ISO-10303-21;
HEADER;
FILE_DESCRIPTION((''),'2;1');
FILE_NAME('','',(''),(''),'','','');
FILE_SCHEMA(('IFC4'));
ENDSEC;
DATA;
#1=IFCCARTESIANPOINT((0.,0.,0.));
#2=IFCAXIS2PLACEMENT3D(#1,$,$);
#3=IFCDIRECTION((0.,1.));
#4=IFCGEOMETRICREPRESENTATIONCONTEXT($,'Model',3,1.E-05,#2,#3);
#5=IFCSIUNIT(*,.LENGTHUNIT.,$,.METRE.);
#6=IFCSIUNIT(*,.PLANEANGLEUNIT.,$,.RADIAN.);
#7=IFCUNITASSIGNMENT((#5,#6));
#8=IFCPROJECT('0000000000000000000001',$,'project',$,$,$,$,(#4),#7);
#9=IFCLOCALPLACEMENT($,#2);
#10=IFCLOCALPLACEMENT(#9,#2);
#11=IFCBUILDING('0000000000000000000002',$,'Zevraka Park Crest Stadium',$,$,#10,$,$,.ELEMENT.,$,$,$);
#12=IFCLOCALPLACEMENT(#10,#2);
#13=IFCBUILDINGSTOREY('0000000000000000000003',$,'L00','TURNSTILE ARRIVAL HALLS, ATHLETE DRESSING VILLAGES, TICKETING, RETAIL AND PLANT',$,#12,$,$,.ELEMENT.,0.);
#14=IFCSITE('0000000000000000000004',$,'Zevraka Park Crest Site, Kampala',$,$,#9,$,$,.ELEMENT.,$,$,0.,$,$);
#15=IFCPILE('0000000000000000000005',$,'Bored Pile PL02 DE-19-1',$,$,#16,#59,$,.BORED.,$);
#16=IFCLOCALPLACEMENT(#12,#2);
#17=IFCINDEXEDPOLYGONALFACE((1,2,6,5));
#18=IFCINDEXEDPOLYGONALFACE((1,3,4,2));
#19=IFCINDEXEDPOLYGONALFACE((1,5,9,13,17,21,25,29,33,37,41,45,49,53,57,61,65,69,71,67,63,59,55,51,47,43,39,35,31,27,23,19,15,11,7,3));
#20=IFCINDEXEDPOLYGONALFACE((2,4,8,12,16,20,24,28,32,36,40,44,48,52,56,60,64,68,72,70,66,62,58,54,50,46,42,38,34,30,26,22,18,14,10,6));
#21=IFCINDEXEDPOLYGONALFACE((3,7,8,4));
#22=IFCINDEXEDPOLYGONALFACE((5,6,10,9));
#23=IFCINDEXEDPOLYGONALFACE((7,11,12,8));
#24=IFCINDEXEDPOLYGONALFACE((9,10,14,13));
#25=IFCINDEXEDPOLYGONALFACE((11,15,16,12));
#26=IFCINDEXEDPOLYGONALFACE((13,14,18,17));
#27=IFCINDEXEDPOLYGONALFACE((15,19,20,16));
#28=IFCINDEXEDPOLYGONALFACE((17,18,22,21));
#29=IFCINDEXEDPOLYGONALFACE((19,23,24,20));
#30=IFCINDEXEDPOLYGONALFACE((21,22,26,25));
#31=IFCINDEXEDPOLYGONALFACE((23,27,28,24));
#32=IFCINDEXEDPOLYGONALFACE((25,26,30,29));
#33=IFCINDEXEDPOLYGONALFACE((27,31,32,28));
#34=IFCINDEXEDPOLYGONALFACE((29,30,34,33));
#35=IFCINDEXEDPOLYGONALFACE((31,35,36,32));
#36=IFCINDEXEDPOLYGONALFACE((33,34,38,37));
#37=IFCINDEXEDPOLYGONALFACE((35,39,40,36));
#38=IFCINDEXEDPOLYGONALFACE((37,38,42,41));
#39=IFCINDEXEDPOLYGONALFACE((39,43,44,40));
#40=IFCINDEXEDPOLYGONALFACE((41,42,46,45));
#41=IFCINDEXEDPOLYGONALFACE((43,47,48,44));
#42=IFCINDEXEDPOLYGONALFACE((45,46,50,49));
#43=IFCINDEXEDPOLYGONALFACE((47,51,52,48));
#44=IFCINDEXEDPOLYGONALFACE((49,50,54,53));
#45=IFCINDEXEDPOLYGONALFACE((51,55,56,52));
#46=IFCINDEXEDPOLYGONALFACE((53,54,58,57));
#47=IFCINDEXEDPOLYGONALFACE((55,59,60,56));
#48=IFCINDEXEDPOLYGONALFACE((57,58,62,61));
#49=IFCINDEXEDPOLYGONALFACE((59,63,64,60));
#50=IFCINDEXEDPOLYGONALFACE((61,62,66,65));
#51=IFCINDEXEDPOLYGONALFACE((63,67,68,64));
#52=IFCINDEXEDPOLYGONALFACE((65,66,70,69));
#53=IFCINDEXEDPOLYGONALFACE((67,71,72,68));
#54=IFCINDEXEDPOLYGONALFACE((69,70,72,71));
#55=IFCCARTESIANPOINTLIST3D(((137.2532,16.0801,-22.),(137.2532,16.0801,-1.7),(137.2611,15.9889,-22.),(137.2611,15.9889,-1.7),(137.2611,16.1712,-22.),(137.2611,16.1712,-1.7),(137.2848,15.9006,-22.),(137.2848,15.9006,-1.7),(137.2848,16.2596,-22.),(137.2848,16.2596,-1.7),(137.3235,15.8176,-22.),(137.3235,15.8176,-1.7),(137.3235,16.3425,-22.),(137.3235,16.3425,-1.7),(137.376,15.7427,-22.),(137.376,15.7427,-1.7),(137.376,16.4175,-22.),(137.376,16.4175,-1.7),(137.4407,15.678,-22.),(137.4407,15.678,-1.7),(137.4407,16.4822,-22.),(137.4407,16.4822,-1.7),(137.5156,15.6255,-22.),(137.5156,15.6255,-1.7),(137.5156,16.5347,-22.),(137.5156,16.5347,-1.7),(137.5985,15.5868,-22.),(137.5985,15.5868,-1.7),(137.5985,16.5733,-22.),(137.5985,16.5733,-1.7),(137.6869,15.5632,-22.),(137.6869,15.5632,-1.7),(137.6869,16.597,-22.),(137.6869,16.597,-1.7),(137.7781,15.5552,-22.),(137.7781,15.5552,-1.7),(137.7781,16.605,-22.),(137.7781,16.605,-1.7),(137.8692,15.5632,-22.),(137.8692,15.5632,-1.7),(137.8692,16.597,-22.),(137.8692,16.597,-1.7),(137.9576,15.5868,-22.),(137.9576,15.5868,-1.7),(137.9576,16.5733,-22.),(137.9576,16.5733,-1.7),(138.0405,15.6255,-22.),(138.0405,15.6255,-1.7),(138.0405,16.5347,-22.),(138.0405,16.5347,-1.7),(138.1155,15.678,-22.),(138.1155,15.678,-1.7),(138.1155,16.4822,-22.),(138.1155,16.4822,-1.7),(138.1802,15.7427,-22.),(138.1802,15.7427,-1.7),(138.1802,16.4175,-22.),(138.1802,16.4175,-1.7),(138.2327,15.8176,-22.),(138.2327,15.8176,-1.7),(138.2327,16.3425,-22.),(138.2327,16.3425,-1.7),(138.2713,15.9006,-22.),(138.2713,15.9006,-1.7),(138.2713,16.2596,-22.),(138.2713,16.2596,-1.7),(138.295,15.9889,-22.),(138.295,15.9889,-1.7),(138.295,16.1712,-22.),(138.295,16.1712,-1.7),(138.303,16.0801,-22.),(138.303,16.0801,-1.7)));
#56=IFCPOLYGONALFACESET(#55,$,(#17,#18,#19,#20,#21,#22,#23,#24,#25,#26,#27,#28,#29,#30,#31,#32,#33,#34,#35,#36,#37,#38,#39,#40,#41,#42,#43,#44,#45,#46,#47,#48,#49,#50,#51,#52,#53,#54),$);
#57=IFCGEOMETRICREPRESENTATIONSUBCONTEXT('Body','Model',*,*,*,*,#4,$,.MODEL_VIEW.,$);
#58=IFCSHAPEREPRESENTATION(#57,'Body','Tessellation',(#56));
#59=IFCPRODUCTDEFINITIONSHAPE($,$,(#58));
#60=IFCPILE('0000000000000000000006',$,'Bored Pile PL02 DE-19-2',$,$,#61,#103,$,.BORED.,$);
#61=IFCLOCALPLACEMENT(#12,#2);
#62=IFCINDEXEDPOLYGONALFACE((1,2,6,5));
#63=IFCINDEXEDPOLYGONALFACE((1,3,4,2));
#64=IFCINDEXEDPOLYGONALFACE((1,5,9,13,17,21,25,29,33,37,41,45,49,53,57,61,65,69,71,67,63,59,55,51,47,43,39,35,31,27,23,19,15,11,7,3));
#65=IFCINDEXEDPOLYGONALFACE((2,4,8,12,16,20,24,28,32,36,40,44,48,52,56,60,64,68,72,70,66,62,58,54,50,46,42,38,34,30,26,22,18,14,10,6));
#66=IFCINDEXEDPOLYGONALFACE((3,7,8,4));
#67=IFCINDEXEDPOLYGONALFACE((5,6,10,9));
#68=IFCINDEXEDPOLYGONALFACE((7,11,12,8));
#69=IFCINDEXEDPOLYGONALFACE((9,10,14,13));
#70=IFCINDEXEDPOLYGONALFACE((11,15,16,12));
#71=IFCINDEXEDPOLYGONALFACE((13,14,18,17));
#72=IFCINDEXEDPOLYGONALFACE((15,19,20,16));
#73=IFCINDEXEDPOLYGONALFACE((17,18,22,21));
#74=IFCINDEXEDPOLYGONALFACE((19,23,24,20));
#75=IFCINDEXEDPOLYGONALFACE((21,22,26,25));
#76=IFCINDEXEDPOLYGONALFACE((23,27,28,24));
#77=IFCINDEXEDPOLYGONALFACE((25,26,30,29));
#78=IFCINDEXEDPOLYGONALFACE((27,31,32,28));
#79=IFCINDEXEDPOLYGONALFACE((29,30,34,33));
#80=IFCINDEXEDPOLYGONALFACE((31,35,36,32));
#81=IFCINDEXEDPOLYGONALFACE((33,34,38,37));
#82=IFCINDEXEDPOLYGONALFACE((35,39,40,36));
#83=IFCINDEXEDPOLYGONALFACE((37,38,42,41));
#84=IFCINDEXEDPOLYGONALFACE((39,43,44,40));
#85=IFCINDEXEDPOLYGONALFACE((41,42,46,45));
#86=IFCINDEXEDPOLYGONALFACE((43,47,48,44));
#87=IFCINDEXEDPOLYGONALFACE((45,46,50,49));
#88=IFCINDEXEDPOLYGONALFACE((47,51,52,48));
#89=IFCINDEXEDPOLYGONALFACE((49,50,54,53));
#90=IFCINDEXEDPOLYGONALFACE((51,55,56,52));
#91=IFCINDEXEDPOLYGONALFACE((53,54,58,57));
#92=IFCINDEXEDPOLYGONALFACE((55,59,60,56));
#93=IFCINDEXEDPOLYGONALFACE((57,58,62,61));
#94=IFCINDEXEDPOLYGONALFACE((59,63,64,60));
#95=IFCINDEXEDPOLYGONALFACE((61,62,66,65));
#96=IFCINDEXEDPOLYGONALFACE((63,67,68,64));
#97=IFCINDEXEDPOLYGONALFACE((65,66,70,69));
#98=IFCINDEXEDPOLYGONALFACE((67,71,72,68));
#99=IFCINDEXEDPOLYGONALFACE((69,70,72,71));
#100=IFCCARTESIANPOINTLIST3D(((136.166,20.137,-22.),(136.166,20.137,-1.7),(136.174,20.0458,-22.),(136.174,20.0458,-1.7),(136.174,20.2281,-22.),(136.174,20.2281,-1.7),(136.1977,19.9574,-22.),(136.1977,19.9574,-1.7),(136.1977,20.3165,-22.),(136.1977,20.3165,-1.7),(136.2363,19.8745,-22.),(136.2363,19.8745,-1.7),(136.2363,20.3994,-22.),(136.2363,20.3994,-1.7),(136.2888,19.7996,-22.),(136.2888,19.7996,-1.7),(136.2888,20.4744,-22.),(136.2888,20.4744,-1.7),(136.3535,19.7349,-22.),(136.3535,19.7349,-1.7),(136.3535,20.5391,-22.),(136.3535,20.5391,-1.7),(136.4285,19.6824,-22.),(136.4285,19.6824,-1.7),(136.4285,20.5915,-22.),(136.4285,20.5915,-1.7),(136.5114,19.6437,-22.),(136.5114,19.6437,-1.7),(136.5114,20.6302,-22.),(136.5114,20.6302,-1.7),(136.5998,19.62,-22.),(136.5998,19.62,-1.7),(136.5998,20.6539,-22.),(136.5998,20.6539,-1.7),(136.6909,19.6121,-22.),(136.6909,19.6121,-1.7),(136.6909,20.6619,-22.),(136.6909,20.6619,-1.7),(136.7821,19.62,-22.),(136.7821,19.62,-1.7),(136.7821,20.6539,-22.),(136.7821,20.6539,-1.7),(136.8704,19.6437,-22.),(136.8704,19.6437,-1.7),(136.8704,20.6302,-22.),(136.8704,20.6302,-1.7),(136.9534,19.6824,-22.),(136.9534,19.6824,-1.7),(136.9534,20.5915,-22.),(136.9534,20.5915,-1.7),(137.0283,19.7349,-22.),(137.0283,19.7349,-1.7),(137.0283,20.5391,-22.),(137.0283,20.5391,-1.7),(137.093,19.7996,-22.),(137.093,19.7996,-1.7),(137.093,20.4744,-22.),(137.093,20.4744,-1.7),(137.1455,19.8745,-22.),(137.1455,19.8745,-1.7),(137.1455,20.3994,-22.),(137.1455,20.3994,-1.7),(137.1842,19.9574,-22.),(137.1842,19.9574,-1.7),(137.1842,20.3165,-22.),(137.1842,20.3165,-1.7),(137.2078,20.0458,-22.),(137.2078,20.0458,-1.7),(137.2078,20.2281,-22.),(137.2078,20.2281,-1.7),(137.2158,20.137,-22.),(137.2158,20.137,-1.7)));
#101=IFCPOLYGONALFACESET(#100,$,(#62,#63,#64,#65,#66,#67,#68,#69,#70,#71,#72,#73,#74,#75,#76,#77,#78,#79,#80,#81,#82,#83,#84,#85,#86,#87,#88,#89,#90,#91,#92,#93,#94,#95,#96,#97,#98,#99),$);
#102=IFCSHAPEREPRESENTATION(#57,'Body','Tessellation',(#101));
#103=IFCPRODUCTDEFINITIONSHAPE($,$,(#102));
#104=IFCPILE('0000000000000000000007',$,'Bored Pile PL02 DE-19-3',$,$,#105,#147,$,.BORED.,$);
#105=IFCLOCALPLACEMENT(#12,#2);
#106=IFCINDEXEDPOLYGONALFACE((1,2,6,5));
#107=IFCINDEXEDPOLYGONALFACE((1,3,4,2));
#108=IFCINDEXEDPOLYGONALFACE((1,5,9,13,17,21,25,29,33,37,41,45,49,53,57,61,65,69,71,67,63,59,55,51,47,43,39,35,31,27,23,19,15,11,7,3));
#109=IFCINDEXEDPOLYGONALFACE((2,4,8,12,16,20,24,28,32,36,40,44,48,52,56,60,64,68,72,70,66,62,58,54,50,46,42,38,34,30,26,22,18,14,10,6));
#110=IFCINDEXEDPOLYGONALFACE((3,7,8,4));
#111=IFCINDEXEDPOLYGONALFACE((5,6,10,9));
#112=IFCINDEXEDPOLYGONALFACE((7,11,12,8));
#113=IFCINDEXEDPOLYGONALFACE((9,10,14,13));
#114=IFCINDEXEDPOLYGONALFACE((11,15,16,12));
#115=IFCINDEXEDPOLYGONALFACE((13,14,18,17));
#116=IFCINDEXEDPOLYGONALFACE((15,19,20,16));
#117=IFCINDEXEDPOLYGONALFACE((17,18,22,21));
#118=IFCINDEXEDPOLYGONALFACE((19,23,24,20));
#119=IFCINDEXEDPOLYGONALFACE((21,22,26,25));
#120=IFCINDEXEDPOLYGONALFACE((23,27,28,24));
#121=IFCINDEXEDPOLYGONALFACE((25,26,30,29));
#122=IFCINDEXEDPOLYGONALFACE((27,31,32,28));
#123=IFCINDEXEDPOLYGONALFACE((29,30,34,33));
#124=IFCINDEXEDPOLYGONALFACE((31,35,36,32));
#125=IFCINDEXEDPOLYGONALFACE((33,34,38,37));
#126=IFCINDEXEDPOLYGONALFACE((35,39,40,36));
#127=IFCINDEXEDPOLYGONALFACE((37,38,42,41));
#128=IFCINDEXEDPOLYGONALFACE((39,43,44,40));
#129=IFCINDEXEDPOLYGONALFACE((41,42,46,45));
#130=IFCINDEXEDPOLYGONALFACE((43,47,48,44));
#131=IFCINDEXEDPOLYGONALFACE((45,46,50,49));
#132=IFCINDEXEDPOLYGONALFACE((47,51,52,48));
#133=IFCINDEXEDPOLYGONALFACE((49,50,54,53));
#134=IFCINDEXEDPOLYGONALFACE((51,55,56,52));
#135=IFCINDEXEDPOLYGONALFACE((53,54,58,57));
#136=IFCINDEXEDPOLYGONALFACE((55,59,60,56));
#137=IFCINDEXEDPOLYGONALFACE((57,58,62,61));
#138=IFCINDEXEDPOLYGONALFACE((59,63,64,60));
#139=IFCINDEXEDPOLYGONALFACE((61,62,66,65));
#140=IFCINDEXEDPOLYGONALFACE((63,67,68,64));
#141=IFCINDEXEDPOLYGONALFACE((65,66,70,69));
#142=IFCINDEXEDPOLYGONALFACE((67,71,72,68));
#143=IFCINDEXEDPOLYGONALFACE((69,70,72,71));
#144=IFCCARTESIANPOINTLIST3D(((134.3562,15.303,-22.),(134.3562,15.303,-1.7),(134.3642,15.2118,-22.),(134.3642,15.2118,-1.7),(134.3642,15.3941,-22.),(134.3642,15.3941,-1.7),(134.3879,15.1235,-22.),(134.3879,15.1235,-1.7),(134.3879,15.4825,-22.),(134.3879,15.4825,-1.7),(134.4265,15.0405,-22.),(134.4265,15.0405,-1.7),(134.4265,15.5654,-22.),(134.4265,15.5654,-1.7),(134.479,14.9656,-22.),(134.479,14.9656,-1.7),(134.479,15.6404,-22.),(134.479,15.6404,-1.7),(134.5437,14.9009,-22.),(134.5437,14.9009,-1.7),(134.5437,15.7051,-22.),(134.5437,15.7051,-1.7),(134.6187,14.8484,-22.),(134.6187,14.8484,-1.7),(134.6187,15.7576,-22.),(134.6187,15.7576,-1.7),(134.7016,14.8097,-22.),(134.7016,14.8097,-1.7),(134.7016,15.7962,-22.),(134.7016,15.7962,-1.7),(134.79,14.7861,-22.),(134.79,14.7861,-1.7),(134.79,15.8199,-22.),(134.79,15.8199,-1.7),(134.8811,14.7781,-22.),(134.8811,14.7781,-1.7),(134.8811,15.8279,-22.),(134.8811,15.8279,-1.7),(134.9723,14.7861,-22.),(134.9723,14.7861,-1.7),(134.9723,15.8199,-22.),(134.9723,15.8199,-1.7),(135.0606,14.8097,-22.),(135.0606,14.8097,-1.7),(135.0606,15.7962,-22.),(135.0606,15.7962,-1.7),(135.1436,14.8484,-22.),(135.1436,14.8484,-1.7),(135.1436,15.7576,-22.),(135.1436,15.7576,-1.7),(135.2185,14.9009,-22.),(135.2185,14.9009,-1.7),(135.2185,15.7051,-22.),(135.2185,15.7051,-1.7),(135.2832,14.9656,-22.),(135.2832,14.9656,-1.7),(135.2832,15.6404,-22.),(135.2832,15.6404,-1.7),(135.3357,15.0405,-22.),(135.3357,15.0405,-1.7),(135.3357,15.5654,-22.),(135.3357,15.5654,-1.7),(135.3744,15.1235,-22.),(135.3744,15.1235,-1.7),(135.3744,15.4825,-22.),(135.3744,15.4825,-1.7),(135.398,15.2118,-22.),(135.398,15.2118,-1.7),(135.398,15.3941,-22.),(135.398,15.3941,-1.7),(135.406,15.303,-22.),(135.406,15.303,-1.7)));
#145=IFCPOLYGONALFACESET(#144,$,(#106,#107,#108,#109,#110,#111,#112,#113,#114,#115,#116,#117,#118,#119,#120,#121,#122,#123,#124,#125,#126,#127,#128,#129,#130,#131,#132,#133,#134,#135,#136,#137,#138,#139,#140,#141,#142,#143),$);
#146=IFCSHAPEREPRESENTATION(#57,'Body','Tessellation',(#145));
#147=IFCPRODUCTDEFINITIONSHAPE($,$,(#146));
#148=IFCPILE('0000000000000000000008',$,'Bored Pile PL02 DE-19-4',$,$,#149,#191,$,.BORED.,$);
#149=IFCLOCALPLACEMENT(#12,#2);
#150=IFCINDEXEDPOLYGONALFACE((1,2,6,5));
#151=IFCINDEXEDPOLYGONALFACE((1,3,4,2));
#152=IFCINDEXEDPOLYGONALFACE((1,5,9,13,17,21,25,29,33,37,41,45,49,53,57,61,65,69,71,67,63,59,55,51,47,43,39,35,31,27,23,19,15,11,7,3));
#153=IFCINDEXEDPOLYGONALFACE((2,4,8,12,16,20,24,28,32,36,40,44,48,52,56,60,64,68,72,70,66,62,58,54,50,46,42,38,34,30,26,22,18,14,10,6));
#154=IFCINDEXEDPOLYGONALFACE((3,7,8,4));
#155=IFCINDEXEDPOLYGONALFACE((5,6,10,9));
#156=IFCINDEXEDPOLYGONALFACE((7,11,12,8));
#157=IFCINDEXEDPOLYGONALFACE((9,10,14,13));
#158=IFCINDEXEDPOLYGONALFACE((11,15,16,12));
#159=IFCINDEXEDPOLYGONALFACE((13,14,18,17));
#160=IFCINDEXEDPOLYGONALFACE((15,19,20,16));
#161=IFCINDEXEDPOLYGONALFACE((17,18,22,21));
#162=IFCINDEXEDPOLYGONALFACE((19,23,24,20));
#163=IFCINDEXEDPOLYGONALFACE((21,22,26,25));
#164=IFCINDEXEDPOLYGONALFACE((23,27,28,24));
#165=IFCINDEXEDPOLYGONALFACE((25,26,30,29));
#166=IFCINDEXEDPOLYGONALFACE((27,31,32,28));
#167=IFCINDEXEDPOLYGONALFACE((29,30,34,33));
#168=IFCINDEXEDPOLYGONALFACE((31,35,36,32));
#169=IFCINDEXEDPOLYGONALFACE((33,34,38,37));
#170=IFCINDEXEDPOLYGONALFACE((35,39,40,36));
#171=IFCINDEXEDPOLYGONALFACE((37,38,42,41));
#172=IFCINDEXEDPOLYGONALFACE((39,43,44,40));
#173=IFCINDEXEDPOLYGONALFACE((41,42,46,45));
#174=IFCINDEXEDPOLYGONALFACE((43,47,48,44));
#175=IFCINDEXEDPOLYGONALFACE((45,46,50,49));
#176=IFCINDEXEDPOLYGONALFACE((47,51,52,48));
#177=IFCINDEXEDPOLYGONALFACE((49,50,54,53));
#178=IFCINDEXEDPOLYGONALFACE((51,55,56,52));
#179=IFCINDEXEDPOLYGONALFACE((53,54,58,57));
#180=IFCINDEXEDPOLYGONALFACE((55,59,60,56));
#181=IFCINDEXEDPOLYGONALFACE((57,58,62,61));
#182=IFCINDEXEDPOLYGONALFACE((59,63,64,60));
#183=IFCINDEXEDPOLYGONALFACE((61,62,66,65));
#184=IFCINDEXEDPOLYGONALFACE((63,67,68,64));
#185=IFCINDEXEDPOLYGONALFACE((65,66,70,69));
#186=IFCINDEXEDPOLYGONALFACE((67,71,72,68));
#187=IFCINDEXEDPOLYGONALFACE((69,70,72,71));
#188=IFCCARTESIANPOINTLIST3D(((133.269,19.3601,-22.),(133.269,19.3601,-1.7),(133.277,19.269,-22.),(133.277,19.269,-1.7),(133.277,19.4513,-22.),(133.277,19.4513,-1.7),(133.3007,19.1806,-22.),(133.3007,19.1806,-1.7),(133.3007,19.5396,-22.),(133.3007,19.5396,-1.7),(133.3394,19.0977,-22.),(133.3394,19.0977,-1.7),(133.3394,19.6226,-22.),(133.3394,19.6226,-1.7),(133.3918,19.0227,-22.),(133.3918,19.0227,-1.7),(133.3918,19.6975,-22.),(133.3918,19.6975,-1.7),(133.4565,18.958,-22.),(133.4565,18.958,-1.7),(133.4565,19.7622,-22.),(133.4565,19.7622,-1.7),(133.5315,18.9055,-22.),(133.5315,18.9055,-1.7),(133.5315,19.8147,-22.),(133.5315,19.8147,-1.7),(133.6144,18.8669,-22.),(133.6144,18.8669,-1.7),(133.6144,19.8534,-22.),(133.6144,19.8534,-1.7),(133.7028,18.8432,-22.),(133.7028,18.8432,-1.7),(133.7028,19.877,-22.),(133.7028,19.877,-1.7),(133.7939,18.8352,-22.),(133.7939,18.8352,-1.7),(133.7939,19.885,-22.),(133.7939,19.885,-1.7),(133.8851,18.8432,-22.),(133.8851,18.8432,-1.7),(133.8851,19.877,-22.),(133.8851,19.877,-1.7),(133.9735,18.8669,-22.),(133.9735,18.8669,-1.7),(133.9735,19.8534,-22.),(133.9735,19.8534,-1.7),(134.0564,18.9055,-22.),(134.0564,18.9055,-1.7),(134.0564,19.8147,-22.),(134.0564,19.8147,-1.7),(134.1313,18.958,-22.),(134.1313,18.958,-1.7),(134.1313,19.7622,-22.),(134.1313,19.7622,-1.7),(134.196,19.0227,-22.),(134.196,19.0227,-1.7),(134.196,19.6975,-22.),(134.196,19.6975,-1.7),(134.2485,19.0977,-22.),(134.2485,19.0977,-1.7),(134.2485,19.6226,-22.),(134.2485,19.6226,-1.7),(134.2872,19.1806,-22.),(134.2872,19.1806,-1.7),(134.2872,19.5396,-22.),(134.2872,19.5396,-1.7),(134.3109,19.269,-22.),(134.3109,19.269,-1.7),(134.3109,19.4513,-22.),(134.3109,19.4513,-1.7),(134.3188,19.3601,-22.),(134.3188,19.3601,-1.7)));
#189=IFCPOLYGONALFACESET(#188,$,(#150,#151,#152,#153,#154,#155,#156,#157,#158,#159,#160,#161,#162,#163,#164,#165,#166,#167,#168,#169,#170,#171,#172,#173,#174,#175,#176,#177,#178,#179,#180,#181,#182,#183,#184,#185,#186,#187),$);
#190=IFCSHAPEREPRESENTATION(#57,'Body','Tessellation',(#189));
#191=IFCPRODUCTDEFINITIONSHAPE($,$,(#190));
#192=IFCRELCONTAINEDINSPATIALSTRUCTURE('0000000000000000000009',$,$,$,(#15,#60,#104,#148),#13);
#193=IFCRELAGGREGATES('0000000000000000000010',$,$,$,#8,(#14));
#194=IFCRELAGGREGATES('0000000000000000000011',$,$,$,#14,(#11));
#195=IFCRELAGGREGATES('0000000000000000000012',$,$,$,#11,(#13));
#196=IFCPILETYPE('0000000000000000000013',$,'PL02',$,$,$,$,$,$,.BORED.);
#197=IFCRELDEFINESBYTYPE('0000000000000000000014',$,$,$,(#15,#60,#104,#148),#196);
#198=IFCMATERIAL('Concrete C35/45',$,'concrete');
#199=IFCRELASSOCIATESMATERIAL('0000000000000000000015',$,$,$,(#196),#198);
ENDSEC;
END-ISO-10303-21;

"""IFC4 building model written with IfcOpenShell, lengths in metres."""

from ifc_helpers import new_model, si_unit, direction, frame, origin, origin_2d, place, context, subcontext, project, spatial, circle, extrude, material, material_profile, profile_set, type_object, element, save


model = new_model("IFC4")

# Units and contexts
model_context = context("Model", 3, precision=1e-05, world=origin(), true_north=direction((0.0, 1.0)))
body_context = subcontext(model_context, "Body", "Model", "MODEL_VIEW")
ifc_project = project(units=[si_unit("LENGTHUNIT", "METRE"), si_unit("PLANEANGLEUNIT", "RADIAN")], contexts=[model_context])

# Site, building, storey
site_placement = place(None, origin())
site = spatial("IfcSite", under=ifc_project, at=site_placement, Name="Zevraka Park Crest Site, Kampala", CompositionType="ELEMENT", RefElevation=0.0)
building_placement = place(site_placement, origin())
building = spatial("IfcBuilding", under=site, at=building_placement, Name="Zevraka Park Crest Stadium", CompositionType="ELEMENT")
storey_placement = place(building_placement, origin())
storey = spatial("IfcBuildingStorey", under=building, at=storey_placement, Name="L00", Description="TURNSTILE ARRIVAL HALLS, ATHLETE DRESSING VILLAGES, TICKETING, RETAIL AND PLANT", CompositionType="ELEMENT", Elevation=0.0)

# Piles
ifc_material_1 = material(Name="Concrete C35/45", Category="concrete")
ifc_material_profile_1 = material_profile(ifc_material_1, circle(Radius=0.5249, at=origin_2d()), Name="PILE D1050")
ifc_profile_set_1 = profile_set([ifc_material_profile_1], Name="Concrete C35/45")
pile_type_1 = type_object("IfcPileType", Name="PL02", PredefinedType="BORED", material=ifc_profile_set_1)
for number, where, z_axis, x_axis, name in (
    (1, (137.7781, 16.0801, -1.7), (0.0, 0.0, -1.0), (1.0, 0.0, 0.0), "Bored Pile PL02 DE-19-1"),
    (2, (136.6909, 20.137, -1.7), (0.0, 0.0, -1.0), (1.0, 0.0, 0.0), "Bored Pile PL02 DE-19-2"),
    (3, (134.8811, 15.303, -1.7), (0.0, 0.0, -1.0), (1.0, 0.0, 0.0), "Bored Pile PL02 DE-19-3"),
    (4, (133.7939, 19.3601, -1.7), (0.0, 0.0, -1.0), (1.0, 0.0, 0.0), "Bored Pile PL02 DE-19-4"),
):
    element("IfcPile", number, at=place(storey_placement, frame(where, z_axis=z_axis, x_axis=x_axis)), inside=storey, type_object=pile_type_1, Name=name, PredefinedType="BORED", context=body_context, shape_type="SweptSolid", body=[
        extrude(circle(Radius=0.5249, at=origin_2d()), origin(), (0.0, 0.0, 1.0), 20.3),
    ])

save(model, "model.ifc")
